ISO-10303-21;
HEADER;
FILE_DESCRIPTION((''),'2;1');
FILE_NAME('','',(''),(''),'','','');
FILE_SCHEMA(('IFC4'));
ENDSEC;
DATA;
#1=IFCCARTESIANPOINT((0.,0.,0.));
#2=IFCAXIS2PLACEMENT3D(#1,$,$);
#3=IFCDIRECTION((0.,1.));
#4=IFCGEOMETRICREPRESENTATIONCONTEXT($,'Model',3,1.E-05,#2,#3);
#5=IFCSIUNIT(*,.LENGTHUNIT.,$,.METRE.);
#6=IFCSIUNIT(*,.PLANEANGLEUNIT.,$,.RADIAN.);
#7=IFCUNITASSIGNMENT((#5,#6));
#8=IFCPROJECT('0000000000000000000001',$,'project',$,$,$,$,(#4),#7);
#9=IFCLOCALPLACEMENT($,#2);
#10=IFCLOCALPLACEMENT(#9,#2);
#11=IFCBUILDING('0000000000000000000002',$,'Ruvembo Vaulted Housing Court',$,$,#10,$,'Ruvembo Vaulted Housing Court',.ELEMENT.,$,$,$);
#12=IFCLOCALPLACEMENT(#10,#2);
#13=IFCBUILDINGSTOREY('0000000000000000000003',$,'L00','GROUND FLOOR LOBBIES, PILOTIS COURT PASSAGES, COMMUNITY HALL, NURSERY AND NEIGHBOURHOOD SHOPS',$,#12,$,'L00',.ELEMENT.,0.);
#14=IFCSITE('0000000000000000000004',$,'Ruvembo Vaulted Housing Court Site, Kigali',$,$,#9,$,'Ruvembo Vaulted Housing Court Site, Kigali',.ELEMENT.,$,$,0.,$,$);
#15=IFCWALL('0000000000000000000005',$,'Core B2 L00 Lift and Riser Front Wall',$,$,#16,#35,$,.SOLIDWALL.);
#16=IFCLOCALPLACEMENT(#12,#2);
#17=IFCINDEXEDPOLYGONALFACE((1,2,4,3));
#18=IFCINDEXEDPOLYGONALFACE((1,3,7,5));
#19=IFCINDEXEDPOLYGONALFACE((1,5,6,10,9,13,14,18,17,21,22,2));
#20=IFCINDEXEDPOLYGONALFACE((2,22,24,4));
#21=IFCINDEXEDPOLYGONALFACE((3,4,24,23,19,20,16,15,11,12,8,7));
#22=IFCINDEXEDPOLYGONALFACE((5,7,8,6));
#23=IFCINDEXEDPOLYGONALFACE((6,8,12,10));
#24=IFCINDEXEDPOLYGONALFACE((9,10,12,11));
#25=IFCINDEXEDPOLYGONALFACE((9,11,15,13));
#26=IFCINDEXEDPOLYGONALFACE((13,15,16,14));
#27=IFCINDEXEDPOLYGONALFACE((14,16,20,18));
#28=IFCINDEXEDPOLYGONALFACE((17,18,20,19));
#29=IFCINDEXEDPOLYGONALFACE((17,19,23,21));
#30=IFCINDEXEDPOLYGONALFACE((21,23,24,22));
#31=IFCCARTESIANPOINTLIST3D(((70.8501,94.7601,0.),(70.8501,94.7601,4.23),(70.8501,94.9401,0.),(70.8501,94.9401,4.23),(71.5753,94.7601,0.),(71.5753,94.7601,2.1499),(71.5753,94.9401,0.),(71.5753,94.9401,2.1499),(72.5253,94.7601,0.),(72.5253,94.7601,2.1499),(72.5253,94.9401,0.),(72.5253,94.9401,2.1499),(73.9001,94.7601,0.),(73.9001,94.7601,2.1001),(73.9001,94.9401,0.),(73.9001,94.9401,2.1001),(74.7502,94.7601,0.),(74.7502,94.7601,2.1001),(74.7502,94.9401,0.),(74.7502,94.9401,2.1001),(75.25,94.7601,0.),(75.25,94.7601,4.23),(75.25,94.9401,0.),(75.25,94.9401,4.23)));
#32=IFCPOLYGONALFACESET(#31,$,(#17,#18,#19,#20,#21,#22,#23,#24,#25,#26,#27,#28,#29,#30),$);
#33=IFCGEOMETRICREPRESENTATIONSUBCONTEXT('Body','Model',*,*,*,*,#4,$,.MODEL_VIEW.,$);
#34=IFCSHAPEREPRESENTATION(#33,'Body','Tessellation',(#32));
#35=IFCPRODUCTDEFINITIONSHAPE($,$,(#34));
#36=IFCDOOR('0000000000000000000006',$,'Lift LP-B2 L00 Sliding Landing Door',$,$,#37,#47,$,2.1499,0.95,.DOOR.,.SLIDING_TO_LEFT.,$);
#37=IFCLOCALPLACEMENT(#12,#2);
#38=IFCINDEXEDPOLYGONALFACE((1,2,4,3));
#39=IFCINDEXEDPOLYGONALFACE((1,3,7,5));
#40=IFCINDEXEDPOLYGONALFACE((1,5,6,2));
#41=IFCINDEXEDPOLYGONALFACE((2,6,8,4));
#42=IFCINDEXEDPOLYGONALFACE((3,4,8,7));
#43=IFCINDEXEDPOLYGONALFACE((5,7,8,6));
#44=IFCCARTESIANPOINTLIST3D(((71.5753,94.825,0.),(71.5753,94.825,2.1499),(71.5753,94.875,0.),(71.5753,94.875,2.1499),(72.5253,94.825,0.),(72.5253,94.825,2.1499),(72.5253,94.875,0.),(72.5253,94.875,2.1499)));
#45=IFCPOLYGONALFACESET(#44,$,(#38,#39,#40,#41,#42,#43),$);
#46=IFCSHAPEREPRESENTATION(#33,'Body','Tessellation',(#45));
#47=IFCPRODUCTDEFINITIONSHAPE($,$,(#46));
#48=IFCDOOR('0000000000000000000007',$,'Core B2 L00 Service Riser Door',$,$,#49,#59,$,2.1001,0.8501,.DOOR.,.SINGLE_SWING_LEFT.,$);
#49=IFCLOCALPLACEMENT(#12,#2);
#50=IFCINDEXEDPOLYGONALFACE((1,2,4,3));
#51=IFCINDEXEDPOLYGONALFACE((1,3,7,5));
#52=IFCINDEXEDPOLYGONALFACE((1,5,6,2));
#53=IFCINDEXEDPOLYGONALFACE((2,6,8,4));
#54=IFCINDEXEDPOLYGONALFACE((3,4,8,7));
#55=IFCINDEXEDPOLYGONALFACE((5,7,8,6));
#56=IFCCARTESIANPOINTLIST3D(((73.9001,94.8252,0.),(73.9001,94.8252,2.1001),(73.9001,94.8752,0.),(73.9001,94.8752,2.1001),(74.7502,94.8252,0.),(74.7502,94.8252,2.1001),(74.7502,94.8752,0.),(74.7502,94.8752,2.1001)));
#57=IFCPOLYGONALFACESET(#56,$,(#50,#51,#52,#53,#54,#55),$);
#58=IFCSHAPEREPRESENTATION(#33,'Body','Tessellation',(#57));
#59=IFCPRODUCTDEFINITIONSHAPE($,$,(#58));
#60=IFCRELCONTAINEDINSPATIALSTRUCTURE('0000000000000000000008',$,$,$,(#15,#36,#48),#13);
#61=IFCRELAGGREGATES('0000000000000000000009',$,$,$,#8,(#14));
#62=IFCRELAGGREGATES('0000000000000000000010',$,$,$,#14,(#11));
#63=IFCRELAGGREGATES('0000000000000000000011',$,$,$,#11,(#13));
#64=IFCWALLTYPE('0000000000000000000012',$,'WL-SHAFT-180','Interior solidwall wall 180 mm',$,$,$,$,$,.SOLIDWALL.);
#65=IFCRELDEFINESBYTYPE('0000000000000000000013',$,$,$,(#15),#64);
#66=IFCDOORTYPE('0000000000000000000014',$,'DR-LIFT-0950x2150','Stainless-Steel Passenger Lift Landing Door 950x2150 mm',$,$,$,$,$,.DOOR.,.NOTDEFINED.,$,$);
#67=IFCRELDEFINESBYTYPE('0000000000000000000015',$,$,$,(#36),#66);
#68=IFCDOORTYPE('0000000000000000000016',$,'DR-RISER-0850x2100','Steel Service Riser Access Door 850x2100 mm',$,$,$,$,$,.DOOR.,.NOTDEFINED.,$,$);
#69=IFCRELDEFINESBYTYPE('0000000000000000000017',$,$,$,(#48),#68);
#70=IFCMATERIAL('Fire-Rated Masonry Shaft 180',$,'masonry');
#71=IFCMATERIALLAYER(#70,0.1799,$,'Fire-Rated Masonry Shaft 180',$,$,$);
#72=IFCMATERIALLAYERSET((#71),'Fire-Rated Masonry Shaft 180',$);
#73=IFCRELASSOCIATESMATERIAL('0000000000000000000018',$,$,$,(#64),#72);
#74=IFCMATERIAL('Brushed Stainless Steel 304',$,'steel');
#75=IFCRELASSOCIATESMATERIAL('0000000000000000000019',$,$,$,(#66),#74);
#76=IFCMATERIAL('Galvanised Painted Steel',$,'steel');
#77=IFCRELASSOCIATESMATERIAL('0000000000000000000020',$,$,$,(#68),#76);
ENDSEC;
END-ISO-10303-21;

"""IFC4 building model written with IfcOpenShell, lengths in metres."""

from ifc_helpers import new_model, si_unit, direction, frame, frame_2d, origin, place, context, subcontext, project, spatial, rectangle, extrude, material, layer, layer_set, type_object, element, fill, save


model = new_model("IFC4")

# Units and contexts
model_context = context("Model", 3, precision=1e-05, world=origin(), true_north=direction((0.0, 1.0)))
body_context = subcontext(model_context, "Body", "Model", "MODEL_VIEW")
ifc_project = project(units=[si_unit("LENGTHUNIT", "METRE"), si_unit("PLANEANGLEUNIT", "RADIAN")], contexts=[model_context])

# Site, building, storey
site_placement = place(None, origin())
site = spatial("IfcSite", under=ifc_project, at=site_placement, Name="Ruvembo Vaulted Housing Court Site, Kigali", LongName="Ruvembo Vaulted Housing Court Site, Kigali", CompositionType="ELEMENT", RefElevation=0.0)
building_placement = place(site_placement, origin())
building = spatial("IfcBuilding", under=site, at=building_placement, Name="Ruvembo Vaulted Housing Court", LongName="Ruvembo Vaulted Housing Court", CompositionType="ELEMENT")
storey_placement = place(building_placement, origin())
storey = spatial("IfcBuildingStorey", under=building, at=storey_placement, Name="L00", Description="GROUND FLOOR LOBBIES, PILOTIS COURT PASSAGES, COMMUNITY HALL, NURSERY AND NEIGHBOURHOOD SHOPS", LongName="L00", CompositionType="ELEMENT", Elevation=0.0)

# Wall, openings, doors
ifc_material_1 = material(Name="Fire-Rated Masonry Shaft 180", Category="masonry")
ifc_layer_1 = layer(ifc_material_1, 0.1799, Name="Fire-Rated Masonry Shaft 180")
ifc_layer_set_1 = layer_set([ifc_layer_1], Name="Fire-Rated Masonry Shaft 180")
wall_type_1 = type_object("IfcWallType", Name="WL-SHAFT-180", Description="Interior solidwall wall 180 mm", PredefinedType="SOLIDWALL", material=ifc_layer_set_1)
wall_1_placement = place(storey_placement, frame((70.8501, 94.8501, 0.0), z_axis=(0.0, 0.0, 1.0), x_axis=(1.0, 0.0, 0.0)))
wall_1 = element("IfcWall", 1, at=wall_1_placement, inside=storey, type_object=wall_type_1, Name="Core B2 L00 Lift and Riser Front Wall", PredefinedType="SOLIDWALL", context=body_context, shape_type="SweptSolid", body=[
    extrude(rectangle(XDim=4.3999, YDim=0.1799, at=frame_2d((2.2, 0.0))), origin(), (0.0, 0.0, 1.0), 4.23),
])
opening_1_placement = place(wall_1_placement, frame((0.7251, 0.0, 0.0)))
opening_1 = element("IfcOpeningElement", 2, at=opening_1_placement, cuts=wall_1, PredefinedType="OPENING", context=body_context, shape_type="SweptSolid", body=[
    extrude(rectangle(XDim=0.95, YDim=2.1499, at=frame_2d((0.4751, 1.075))), frame((0.0, 0.0999, 0.0), z_axis=(0.0, -1.0, 0.0), x_axis=(1.0, 0.0, 0.0)), (0.0, 0.0, 1.0), 0.2),
])
opening_2_placement = place(wall_1_placement, frame((3.05, 0.0, 0.0)))
opening_2 = element("IfcOpeningElement", 3, at=opening_2_placement, cuts=wall_1, PredefinedType="OPENING", context=body_context, shape_type="SweptSolid", body=[
    extrude(rectangle(XDim=0.8501, YDim=2.1001, at=frame_2d((0.425, 1.05))), frame((0.0, 0.0999, 0.0), z_axis=(0.0, -1.0, 0.0), x_axis=(1.0, 0.0, 0.0)), (0.0, 0.0, 1.0), 0.2),
])
ifc_material_2 = material(Name="Brushed Stainless Steel 304", Category="steel")
door_type_1 = type_object("IfcDoorType", Name="DR-LIFT-0950x2150", Description="Stainless-Steel Passenger Lift Landing Door 950x2150 mm", OperationType="NOTDEFINED", PredefinedType="DOOR", material=ifc_material_2)
door_1_placement = place(opening_1_placement, origin())
door_1 = element("IfcDoor", 4, at=door_1_placement, inside=storey, type_object=door_type_1, Name="Lift LP-B2 L00 Sliding Landing Door", OperationType="SLIDING_TO_LEFT", OverallHeight=2.1499, OverallWidth=0.95, PredefinedType="DOOR", context=body_context, shape_type="SweptSolid", body=[
    extrude(rectangle(XDim=0.95, YDim=2.1499, at=frame_2d((0.4751, 1.075))), frame((0.0, 0.0249, 0.0), z_axis=(0.0, -1.0, 0.0), x_axis=(1.0, 0.0, 0.0)), (0.0, 0.0, 1.0), 0.05),
])
fill(opening_1, door_1)
ifc_material_3 = material(Name="Galvanised Painted Steel", Category="steel")
door_type_2 = type_object("IfcDoorType", Name="DR-RISER-0850x2100", Description="Steel Service Riser Access Door 850x2100 mm", OperationType="NOTDEFINED", PredefinedType="DOOR", material=ifc_material_3)
door_2_placement = place(opening_2_placement, frame((0.8501, 0.0, 0.0), z_axis=(0.0, 0.0, 1.0), x_axis=(-1.0, 0.0, 0.0)))
door_2 = element("IfcDoor", 5, at=door_2_placement, inside=storey, type_object=door_type_2, Name="Core B2 L00 Service Riser Door", OperationType="SINGLE_SWING_LEFT", OverallHeight=2.1001, OverallWidth=0.8501, PredefinedType="DOOR", context=body_context, shape_type="SweptSolid", body=[
    extrude(rectangle(XDim=0.8501, YDim=2.1001, at=frame_2d((0.425, 1.05))), frame((0.0, 0.0249, 0.0), z_axis=(0.0, -1.0, 0.0), x_axis=(1.0, 0.0, 0.0)), (0.0, 0.0, 1.0), 0.05),
])
fill(opening_2, door_2)

save(model, "model.ifc")
